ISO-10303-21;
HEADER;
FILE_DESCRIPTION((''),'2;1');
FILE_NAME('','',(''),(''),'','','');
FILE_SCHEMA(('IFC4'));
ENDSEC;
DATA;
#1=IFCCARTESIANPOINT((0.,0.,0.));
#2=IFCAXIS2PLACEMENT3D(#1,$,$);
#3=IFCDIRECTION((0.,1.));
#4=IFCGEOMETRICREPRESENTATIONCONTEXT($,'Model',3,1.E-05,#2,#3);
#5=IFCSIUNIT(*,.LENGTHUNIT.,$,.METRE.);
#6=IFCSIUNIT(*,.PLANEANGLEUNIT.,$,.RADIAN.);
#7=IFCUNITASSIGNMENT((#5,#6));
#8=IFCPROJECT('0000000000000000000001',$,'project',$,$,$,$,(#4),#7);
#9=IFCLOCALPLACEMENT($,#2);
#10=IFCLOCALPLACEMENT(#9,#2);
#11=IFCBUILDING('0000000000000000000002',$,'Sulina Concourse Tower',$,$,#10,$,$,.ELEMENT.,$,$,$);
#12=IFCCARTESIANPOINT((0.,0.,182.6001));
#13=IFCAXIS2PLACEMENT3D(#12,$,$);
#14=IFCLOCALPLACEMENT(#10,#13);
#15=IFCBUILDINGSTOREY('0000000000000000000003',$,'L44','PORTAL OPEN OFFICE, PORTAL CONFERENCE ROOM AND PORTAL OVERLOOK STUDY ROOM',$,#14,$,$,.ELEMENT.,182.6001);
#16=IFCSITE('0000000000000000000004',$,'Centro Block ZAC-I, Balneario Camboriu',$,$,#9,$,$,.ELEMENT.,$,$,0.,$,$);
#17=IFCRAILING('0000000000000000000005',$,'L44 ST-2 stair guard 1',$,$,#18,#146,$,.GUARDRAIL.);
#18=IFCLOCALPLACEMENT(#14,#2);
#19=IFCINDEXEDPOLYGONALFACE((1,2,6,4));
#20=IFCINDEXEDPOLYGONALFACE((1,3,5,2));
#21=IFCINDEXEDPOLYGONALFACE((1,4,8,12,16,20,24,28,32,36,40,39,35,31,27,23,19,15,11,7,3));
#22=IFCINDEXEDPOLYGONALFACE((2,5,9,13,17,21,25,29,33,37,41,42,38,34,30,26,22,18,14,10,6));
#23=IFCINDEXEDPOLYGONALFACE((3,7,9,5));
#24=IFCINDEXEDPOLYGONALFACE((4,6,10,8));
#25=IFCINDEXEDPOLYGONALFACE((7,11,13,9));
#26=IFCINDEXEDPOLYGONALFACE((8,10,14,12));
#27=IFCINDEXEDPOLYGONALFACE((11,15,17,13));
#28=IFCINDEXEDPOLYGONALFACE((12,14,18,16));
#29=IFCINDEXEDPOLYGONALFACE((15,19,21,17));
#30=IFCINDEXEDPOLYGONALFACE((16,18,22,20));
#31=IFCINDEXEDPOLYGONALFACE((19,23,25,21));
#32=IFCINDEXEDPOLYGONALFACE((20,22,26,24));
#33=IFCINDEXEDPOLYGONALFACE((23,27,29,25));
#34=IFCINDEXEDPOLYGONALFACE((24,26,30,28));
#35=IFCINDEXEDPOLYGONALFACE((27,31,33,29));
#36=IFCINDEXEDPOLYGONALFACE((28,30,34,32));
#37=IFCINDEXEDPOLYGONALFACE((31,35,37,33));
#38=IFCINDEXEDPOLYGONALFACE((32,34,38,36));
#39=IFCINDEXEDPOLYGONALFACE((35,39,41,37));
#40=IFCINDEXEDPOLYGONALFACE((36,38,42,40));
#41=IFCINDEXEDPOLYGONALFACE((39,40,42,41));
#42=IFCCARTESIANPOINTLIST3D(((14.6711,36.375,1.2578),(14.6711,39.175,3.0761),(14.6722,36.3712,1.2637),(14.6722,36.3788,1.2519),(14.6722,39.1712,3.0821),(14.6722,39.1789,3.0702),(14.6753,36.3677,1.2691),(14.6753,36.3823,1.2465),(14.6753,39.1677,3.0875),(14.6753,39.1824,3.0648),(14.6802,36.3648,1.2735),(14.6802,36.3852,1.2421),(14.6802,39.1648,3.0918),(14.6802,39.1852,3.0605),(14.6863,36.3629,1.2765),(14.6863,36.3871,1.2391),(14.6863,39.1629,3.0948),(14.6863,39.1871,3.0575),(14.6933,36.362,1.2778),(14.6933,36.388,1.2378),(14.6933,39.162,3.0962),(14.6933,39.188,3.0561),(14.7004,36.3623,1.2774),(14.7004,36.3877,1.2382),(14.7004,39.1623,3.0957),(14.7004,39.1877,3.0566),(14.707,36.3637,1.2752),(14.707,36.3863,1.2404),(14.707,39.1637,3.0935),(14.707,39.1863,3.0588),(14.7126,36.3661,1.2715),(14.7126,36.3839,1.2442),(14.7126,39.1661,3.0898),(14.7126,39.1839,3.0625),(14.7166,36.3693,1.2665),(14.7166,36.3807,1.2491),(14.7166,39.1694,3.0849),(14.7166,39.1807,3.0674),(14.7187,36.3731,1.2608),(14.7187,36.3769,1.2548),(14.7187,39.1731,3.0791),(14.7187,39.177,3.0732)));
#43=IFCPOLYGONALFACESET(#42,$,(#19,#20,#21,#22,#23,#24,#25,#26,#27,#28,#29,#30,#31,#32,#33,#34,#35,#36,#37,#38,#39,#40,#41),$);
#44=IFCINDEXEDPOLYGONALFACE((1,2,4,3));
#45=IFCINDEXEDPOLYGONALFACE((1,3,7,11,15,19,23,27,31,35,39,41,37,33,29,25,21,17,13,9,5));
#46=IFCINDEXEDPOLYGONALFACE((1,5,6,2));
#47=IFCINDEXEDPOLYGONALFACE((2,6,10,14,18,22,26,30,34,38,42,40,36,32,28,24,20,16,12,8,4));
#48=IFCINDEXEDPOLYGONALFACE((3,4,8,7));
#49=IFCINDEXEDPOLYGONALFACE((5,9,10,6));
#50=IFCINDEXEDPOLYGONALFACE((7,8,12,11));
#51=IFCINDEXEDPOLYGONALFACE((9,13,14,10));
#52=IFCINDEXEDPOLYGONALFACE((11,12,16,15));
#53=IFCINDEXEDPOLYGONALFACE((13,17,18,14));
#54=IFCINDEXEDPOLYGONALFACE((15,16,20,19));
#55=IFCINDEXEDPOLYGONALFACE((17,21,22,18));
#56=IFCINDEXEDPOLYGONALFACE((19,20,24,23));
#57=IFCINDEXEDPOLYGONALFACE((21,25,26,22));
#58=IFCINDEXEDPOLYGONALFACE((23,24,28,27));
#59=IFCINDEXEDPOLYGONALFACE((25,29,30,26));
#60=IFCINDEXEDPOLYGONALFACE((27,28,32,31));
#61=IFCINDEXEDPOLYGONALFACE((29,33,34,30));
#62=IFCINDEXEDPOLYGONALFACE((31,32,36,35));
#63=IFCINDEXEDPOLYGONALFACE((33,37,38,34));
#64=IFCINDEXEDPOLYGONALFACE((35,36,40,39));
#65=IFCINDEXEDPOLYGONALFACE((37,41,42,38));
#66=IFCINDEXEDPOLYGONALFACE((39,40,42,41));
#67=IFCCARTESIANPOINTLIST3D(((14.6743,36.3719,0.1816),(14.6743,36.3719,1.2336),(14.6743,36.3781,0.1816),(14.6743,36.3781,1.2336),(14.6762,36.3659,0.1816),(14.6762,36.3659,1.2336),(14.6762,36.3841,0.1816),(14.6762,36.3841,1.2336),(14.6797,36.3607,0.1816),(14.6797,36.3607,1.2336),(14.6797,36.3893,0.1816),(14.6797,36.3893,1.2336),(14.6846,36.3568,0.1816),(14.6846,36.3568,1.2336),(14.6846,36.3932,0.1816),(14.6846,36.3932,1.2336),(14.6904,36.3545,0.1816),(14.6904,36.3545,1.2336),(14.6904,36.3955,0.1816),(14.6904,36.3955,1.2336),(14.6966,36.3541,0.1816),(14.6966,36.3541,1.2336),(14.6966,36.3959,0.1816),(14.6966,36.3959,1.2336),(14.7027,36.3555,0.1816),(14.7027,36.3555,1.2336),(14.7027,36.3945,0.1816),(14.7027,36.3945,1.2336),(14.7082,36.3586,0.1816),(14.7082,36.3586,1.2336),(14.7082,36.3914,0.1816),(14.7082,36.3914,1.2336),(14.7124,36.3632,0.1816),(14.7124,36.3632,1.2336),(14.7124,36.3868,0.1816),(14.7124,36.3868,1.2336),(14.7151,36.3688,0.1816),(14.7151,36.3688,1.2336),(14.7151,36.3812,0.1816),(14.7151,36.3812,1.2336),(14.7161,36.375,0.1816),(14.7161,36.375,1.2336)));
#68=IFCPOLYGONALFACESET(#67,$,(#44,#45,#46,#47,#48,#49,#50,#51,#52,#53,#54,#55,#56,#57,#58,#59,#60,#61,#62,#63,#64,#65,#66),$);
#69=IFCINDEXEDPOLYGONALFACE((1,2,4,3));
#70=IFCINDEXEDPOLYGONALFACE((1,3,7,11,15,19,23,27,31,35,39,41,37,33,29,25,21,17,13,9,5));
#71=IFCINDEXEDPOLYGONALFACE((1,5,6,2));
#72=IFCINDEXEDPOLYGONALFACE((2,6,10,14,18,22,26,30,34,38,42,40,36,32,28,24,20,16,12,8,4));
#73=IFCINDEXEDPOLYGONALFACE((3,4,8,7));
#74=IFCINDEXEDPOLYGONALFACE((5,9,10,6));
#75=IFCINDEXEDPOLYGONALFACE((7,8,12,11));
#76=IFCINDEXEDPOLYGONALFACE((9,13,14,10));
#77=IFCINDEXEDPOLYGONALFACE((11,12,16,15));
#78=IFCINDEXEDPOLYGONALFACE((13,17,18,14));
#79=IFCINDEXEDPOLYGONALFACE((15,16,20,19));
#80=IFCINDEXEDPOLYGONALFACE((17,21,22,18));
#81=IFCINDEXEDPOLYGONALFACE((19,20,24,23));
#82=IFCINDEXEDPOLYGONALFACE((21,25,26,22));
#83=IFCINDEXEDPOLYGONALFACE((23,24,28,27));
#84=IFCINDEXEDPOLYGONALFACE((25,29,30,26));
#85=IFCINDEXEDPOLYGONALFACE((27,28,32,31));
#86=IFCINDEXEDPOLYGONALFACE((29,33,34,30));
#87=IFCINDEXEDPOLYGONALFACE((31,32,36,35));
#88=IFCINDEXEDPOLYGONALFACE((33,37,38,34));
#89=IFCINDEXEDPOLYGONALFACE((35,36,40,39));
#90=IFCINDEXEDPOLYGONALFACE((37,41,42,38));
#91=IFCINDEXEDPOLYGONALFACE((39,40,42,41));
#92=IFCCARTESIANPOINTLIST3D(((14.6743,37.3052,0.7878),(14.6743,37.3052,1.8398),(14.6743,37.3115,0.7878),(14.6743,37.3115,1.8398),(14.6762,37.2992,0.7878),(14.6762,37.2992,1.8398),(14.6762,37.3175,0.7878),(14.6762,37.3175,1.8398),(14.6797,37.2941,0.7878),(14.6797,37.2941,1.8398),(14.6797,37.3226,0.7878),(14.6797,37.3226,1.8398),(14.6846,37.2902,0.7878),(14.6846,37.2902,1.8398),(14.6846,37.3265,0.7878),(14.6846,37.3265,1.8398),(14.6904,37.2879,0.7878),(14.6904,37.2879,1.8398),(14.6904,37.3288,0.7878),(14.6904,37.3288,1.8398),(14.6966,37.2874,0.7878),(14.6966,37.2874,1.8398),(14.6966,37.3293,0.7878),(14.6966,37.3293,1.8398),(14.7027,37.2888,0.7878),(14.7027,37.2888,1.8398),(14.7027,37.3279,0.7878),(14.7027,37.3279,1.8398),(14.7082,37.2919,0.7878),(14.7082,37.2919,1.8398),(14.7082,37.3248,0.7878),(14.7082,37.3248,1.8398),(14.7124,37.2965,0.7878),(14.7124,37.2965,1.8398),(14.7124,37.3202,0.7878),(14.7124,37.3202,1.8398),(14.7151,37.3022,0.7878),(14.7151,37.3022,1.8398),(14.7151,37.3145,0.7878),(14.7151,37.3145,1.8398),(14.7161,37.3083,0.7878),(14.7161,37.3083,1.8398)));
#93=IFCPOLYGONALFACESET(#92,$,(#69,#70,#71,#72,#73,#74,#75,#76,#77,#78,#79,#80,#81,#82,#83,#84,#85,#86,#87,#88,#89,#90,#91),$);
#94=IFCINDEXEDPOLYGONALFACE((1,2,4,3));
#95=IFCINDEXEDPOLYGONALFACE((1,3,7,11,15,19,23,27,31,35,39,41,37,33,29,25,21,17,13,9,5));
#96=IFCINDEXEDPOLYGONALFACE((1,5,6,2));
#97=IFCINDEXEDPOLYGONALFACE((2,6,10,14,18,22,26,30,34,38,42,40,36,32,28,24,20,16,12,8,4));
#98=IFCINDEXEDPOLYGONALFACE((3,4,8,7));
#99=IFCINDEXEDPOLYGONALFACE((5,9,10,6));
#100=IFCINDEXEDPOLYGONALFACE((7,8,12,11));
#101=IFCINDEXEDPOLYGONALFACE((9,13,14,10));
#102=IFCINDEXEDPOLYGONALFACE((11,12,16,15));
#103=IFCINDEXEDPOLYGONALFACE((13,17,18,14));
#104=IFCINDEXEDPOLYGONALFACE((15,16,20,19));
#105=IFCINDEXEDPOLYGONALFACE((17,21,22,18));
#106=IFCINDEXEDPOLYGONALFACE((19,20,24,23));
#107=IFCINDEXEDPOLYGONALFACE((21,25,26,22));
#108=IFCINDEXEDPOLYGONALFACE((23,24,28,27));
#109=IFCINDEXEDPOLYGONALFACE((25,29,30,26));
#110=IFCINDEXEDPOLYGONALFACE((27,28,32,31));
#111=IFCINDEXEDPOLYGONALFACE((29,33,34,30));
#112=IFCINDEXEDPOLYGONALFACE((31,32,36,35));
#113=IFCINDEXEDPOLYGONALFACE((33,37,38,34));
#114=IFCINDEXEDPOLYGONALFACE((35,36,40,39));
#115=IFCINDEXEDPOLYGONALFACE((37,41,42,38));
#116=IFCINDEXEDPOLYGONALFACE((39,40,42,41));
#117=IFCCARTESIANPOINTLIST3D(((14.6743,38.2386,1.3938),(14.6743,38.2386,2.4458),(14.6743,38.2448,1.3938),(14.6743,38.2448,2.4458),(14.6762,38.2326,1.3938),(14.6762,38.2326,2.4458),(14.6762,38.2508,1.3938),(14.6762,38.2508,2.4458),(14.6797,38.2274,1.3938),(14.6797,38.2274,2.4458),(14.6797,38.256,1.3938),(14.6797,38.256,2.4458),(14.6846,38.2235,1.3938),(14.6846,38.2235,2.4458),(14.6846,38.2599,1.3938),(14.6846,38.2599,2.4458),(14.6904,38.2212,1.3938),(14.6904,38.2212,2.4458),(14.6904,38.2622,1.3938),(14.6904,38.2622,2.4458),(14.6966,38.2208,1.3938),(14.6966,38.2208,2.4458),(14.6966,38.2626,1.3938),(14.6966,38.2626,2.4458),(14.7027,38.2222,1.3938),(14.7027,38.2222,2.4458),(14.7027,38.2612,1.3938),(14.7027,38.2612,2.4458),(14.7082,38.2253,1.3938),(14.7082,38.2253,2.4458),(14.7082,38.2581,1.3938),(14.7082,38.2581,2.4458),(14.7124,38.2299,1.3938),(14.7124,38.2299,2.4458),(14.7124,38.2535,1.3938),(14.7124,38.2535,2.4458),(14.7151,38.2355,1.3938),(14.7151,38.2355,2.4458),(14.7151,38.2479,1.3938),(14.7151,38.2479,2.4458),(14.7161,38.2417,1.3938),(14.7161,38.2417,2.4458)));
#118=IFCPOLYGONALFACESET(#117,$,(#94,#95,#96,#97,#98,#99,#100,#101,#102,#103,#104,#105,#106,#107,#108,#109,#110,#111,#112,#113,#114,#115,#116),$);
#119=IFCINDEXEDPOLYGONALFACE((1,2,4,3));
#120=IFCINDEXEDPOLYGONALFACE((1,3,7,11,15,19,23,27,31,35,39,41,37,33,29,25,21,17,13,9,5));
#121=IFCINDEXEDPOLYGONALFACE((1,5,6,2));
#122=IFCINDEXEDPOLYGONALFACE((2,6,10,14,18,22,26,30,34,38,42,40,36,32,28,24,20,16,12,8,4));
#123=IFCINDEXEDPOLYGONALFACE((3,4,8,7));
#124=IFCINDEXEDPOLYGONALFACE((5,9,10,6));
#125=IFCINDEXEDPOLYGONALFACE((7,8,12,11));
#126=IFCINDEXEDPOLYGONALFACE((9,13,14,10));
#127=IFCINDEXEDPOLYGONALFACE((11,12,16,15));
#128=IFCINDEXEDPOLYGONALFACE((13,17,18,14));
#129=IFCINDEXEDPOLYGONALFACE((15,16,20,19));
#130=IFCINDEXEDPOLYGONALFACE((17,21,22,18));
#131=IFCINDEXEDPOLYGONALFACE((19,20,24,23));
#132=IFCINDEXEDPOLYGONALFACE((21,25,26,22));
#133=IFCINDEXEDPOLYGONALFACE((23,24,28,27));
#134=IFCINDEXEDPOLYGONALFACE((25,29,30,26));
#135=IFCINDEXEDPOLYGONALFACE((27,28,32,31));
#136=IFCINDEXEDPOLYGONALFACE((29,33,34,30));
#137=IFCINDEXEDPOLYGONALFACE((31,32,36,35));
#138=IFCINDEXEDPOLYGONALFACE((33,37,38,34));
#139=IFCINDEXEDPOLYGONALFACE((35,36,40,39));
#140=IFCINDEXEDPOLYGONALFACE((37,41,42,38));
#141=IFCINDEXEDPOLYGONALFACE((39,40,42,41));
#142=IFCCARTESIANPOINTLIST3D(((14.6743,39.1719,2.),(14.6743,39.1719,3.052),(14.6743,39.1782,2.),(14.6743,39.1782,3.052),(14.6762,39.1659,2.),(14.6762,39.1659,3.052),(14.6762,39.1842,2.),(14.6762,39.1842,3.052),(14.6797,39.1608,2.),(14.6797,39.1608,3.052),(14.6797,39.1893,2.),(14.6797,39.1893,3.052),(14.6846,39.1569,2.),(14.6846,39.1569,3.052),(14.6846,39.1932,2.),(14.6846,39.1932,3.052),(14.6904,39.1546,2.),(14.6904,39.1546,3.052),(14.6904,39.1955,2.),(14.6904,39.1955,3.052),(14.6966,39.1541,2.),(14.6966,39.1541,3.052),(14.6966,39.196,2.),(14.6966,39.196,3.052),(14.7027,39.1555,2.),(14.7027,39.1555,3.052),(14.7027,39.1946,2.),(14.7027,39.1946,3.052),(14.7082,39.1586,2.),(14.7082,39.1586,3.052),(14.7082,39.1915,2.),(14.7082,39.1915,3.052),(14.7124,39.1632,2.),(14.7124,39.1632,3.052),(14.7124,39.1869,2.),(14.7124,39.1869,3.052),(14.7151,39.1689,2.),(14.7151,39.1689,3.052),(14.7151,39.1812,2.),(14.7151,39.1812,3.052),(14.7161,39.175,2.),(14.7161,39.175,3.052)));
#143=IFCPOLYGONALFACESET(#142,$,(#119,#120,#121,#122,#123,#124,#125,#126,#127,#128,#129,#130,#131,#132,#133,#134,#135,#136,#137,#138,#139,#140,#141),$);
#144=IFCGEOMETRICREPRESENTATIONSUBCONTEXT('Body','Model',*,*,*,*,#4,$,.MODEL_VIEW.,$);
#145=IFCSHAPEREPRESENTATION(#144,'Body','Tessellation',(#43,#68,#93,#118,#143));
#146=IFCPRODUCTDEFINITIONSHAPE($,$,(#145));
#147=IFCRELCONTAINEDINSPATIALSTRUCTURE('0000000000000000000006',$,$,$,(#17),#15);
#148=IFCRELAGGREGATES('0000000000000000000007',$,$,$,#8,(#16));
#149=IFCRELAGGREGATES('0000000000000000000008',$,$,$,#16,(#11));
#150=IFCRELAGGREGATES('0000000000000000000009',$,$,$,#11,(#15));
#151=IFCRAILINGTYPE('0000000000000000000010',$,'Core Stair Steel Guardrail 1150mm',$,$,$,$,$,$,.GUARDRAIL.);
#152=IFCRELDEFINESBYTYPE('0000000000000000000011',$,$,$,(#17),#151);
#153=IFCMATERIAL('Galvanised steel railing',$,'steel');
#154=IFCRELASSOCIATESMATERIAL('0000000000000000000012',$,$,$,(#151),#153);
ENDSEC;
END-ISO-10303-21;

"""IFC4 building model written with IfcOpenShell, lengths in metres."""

from ifc_helpers import new_model, si_unit, direction, frame, origin, origin_2d, place, context, subcontext, project, spatial, circle, extrude, material, type_object, element, save


model = new_model("IFC4")

# Units and contexts
model_context = context("Model", 3, precision=1e-05, world=origin(), true_north=direction((0.0, 1.0)))
body_context = subcontext(model_context, "Body", "Model", "MODEL_VIEW")
ifc_project = project(units=[si_unit("LENGTHUNIT", "METRE"), si_unit("PLANEANGLEUNIT", "RADIAN")], contexts=[model_context])

# Site, building, storey
site_placement = place(None, origin())
site = spatial("IfcSite", under=ifc_project, at=site_placement, Name="Centro Block ZAC-I, Balneario Camboriu", CompositionType="ELEMENT", RefElevation=0.0)
building_placement = place(site_placement, origin())
building = spatial("IfcBuilding", under=site, at=building_placement, Name="Sulina Concourse Tower", CompositionType="ELEMENT")
storey_placement = place(building_placement, frame((0.0, 0.0, 182.6001)))
storey = spatial("IfcBuildingStorey", under=building, at=storey_placement, Name="L44", Description="PORTAL OPEN OFFICE, PORTAL CONFERENCE ROOM AND PORTAL OVERLOOK STUDY ROOM", CompositionType="ELEMENT", Elevation=182.6001)

# Railing
ifc_material_1 = material(Name="Galvanised steel railing", Category="steel")
railing_type_1 = type_object("IfcRailingType", Name="Core Stair Steel Guardrail 1150mm", PredefinedType="GUARDRAIL", material=ifc_material_1)
railing_1_placement = place(storey_placement, frame((14.6951, 36.375, 0.1816)))
element("IfcRailing", 1, at=railing_1_placement, inside=storey, type_object=railing_type_1, Name="L44 ST-2 stair guard 1", PredefinedType="GUARDRAIL", context=body_context, shape_type="SweptSolid", body=[
    extrude(circle(Radius=0.0239, at=origin_2d()), frame((0.0, 0.0, 1.0762), z_axis=(0.0, 0.838672, 0.544636), x_axis=(-1.0, 0.0, 0.0)), (0.0, 0.0, 1.0), 3.3386),
    extrude(circle(Radius=0.021, at=origin_2d()), origin(), (0.0, 0.0, 1.0), 1.052),
    extrude(circle(Radius=0.021, at=origin_2d()), frame((0.0, 0.9333, 0.6062)), (0.0, 0.0, 1.0), 1.052),
    extrude(circle(Radius=0.021, at=origin_2d()), frame((0.0, 1.8667, 1.2122)), (0.0, 0.0, 1.0), 1.052),
    extrude(circle(Radius=0.021, at=origin_2d()), frame((0.0, 2.8, 1.8184)), (0.0, 0.0, 1.0), 1.052),
])

save(model, "model.ifc")
